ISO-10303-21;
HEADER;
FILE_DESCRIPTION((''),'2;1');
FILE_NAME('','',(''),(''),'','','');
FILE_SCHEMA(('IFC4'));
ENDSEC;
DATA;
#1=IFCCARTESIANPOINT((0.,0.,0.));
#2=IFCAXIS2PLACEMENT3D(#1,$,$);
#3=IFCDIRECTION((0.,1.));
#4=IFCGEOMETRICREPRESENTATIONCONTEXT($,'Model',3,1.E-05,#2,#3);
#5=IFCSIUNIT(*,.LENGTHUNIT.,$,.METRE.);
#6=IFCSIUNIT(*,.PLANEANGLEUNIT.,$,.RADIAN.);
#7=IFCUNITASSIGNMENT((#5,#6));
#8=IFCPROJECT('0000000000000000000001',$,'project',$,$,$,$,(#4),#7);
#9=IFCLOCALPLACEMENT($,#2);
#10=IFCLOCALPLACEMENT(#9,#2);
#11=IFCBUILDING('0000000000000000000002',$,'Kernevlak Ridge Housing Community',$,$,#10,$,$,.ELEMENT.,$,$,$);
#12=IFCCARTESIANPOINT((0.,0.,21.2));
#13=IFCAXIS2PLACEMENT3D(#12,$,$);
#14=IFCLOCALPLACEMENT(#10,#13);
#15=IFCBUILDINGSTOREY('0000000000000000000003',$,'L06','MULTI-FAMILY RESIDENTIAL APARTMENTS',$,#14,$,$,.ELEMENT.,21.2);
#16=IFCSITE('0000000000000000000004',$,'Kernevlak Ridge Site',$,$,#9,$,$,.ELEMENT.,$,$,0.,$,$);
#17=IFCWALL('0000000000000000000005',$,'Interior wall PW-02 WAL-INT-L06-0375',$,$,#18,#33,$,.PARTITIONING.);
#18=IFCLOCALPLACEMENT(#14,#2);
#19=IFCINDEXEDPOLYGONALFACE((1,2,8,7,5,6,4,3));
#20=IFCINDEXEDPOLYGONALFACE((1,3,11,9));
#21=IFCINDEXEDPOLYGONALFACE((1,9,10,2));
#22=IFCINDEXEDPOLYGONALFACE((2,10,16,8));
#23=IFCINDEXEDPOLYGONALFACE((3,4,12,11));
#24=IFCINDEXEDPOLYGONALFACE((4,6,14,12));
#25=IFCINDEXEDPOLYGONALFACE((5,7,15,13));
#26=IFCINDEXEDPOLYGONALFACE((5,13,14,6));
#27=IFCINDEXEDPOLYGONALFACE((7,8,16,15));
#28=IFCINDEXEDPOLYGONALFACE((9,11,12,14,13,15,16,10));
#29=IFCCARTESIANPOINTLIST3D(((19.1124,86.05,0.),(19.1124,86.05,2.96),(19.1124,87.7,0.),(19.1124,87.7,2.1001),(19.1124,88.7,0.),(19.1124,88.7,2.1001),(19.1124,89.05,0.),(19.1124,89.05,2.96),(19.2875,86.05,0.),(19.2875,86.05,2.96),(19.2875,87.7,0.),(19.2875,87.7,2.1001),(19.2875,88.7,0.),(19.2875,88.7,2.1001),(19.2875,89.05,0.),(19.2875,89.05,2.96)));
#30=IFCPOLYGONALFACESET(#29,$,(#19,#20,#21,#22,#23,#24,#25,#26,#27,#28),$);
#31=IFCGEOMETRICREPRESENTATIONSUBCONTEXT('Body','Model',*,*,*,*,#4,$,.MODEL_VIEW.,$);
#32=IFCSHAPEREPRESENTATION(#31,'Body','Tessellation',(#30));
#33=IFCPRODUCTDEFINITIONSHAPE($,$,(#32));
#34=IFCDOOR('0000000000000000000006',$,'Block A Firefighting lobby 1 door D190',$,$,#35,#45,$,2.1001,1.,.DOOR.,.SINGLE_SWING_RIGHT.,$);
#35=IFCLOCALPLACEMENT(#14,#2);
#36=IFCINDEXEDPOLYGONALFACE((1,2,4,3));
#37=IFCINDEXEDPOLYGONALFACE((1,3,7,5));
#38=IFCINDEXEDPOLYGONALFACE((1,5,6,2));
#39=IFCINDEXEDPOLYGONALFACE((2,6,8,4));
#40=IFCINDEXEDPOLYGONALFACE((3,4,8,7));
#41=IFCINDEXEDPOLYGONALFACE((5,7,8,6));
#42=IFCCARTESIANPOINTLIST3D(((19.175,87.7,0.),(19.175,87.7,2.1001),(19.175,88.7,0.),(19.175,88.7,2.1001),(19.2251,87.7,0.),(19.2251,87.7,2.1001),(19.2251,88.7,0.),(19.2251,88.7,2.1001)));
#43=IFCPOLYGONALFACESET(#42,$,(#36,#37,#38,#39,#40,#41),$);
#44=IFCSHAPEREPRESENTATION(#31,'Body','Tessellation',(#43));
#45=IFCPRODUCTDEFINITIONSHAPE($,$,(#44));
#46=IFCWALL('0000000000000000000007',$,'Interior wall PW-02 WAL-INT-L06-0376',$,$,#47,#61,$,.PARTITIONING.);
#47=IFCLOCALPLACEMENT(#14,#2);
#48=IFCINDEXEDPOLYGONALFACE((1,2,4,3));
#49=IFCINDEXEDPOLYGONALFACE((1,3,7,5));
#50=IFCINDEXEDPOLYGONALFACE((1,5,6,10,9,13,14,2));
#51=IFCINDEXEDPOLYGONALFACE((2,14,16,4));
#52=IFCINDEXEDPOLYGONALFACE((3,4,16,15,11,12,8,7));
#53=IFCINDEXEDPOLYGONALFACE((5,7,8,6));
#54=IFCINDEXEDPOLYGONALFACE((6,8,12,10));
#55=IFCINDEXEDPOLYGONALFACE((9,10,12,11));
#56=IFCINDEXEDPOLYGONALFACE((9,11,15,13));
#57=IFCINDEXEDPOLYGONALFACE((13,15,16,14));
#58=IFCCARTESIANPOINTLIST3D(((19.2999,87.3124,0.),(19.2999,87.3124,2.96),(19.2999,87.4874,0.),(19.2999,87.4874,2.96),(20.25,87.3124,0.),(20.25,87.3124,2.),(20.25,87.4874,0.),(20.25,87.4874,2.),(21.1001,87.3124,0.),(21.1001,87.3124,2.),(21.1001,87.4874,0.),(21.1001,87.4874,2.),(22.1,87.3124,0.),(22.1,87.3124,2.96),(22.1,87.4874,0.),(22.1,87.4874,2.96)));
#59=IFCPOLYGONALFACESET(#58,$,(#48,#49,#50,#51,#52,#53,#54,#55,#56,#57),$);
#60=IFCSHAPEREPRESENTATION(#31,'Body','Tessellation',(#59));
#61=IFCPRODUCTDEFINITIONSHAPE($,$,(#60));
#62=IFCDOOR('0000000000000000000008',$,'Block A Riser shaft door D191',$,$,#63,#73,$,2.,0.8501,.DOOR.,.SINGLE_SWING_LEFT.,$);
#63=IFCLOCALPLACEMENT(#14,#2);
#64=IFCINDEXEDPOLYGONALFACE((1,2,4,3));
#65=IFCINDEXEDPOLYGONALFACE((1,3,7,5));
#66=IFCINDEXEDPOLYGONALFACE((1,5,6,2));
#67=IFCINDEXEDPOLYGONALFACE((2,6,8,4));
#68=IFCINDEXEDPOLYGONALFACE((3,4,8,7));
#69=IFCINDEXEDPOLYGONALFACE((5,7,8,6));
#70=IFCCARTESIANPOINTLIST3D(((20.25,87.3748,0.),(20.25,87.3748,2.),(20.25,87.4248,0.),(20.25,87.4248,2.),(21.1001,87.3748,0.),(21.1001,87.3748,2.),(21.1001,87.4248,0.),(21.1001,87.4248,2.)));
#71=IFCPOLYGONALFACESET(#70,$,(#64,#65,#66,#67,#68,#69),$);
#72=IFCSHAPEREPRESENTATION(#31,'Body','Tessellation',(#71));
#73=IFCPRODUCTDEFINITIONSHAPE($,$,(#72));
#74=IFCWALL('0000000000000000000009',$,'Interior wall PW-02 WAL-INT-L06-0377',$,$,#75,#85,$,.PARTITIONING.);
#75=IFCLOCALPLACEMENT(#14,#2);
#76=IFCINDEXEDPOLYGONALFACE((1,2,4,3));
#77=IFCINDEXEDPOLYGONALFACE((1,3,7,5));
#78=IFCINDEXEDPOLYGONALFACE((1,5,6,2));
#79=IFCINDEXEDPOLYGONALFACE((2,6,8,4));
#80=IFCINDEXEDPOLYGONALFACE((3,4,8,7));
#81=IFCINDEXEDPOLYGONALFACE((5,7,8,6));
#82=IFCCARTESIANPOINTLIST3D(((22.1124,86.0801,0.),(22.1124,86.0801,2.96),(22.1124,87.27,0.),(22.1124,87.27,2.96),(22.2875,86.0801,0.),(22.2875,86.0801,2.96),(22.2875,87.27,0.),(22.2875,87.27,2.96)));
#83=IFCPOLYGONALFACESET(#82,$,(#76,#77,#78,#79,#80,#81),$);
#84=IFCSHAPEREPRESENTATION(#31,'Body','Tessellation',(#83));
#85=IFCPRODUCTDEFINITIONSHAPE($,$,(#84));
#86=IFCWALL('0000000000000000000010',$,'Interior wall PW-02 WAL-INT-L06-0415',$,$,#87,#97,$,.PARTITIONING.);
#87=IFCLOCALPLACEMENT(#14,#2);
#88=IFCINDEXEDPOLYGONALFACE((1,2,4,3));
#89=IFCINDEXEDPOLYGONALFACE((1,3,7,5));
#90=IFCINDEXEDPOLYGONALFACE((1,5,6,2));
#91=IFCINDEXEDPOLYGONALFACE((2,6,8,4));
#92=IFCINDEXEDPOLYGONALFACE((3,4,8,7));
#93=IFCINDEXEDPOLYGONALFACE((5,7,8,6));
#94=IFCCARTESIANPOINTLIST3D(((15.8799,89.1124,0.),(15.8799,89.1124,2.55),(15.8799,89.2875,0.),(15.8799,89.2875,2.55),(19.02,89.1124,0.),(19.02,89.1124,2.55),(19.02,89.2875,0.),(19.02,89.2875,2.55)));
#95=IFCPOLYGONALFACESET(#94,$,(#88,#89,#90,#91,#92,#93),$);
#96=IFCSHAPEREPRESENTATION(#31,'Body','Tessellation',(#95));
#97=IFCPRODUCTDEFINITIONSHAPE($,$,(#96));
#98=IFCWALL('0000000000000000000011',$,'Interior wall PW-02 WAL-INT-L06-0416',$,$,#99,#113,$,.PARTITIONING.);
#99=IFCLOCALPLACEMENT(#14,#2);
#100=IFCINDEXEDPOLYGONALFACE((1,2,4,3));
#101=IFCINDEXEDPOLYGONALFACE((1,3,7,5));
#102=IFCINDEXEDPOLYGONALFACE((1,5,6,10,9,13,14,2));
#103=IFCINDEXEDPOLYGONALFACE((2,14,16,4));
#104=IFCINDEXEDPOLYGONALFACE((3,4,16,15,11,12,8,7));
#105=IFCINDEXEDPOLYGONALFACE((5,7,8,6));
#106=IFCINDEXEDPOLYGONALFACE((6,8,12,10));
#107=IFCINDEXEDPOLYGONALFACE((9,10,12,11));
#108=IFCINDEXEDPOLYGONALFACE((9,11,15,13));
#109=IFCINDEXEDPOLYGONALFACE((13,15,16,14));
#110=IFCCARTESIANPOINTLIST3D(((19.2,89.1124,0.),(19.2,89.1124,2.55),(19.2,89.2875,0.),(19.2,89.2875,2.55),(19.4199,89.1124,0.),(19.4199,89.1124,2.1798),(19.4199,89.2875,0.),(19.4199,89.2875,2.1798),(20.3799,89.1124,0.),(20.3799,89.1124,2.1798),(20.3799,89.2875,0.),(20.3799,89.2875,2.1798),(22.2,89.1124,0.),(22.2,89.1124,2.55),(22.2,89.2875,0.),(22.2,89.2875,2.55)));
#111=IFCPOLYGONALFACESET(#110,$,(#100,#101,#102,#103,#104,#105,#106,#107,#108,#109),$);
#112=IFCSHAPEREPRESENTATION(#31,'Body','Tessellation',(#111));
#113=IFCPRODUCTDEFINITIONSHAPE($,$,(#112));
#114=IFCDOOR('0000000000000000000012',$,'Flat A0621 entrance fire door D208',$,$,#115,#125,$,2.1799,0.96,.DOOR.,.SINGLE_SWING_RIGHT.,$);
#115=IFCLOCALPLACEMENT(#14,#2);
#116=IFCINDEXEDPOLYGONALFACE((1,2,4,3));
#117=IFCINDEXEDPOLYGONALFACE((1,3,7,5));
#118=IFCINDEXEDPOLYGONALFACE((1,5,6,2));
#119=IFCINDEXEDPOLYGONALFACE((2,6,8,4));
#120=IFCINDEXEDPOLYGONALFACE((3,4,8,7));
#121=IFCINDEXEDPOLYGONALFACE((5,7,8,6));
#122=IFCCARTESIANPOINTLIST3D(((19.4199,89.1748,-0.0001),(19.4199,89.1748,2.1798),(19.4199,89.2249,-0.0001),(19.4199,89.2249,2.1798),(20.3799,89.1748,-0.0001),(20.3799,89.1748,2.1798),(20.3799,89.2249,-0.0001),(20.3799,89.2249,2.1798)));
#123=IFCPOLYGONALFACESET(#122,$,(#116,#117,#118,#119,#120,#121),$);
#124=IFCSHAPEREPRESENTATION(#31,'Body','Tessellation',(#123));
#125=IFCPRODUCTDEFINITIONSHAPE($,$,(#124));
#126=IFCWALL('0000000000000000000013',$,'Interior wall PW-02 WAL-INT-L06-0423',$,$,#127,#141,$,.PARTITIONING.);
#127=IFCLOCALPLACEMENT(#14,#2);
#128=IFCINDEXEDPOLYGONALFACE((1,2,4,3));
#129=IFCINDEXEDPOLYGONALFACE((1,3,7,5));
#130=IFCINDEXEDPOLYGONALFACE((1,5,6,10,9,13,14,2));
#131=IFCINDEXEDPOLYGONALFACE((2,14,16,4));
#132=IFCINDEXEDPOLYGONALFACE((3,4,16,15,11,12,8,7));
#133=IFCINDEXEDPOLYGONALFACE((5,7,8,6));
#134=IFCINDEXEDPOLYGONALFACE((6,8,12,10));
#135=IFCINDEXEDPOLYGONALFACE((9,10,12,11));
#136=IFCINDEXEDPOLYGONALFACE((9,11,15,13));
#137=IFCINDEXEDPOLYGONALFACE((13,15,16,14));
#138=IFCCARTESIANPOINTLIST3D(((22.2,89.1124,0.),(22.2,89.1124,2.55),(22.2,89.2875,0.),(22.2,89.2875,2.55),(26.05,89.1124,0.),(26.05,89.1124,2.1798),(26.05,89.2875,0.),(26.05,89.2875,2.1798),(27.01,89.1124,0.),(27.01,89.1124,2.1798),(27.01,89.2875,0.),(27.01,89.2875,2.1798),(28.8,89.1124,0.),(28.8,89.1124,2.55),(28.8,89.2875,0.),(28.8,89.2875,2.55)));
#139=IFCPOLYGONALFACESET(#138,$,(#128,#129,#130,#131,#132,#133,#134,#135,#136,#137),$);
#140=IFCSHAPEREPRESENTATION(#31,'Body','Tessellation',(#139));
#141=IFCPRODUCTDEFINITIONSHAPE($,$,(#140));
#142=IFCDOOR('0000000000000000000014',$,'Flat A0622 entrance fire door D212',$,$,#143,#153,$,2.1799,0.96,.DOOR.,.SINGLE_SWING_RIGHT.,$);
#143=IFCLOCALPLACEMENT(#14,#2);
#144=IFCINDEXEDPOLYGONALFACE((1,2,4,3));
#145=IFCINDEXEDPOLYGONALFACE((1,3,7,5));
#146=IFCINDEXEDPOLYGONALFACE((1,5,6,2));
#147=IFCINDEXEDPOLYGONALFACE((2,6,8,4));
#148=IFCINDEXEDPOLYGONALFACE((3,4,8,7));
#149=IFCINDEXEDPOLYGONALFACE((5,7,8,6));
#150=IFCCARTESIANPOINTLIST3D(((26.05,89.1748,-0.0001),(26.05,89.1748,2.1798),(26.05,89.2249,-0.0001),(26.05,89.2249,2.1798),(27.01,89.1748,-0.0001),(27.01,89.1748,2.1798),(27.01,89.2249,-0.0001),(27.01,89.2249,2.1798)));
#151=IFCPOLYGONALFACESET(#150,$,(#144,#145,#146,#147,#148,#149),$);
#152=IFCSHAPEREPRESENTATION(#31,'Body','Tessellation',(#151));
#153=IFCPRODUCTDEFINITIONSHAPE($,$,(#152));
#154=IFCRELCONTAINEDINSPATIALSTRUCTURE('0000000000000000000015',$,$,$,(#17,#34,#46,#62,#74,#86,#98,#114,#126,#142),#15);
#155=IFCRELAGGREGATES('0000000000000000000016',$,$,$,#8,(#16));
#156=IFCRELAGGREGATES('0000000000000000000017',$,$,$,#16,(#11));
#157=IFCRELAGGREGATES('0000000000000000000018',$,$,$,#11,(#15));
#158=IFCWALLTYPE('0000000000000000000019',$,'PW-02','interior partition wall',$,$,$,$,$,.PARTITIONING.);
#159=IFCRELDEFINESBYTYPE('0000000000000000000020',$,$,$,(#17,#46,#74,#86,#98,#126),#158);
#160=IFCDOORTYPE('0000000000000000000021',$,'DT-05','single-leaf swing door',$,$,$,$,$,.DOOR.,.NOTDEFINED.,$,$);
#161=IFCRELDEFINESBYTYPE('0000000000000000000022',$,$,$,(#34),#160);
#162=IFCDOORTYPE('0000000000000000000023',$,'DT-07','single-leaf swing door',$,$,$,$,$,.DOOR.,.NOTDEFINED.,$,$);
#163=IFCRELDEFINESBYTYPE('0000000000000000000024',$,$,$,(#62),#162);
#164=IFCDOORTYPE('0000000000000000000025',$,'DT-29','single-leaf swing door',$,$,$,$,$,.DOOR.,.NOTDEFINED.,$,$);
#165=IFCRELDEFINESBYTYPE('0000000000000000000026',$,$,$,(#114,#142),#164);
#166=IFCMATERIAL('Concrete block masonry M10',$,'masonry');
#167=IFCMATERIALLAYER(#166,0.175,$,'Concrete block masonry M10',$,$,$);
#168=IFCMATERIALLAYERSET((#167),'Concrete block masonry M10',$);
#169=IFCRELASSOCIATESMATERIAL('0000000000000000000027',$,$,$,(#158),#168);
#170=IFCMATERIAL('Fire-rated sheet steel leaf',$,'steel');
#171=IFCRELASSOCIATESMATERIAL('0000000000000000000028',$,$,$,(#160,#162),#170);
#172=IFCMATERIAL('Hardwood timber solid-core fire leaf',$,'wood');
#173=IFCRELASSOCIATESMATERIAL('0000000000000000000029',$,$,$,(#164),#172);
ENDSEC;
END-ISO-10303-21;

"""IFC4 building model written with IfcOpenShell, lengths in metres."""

from ifc_helpers import new_model, si_unit, direction, frame, frame_2d, origin, place, context, subcontext, project, spatial, rectangle, extrude, material, layer, layer_set, type_object, element, fill, save


model = new_model("IFC4")

# Units and contexts
model_context = context("Model", 3, precision=1e-05, world=origin(), true_north=direction((0.0, 1.0)))
body_context = subcontext(model_context, "Body", "Model", "MODEL_VIEW")
ifc_project = project(units=[si_unit("LENGTHUNIT", "METRE"), si_unit("PLANEANGLEUNIT", "RADIAN")], contexts=[model_context])

# Site, building, storey
site_placement = place(None, origin())
site = spatial("IfcSite", under=ifc_project, at=site_placement, Name="Kernevlak Ridge Site", CompositionType="ELEMENT", RefElevation=0.0)
building_placement = place(site_placement, origin())
building = spatial("IfcBuilding", under=site, at=building_placement, Name="Kernevlak Ridge Housing Community", CompositionType="ELEMENT")
storey_placement = place(building_placement, frame((0.0, 0.0, 21.2)))
storey = spatial("IfcBuildingStorey", under=building, at=storey_placement, Name="L06", Description="MULTI-FAMILY RESIDENTIAL APARTMENTS", CompositionType="ELEMENT", Elevation=21.2)

# Shared definitions
ifc_material_1 = material(Name="Fire-rated sheet steel leaf", Category="steel")

# Walls, openings, doors
ifc_material_2 = material(Name="Concrete block masonry M10", Category="masonry")
ifc_layer_1 = layer(ifc_material_2, 0.175, Name="Concrete block masonry M10")
ifc_layer_set_1 = layer_set([ifc_layer_1], Name="Concrete block masonry M10")
wall_type_1 = type_object("IfcWallType", Name="PW-02", Description="interior partition wall", PredefinedType="PARTITIONING", material=ifc_layer_set_1)
wall_1_placement = place(storey_placement, frame((19.2, 86.05, 0.0), z_axis=(0.0, 0.0, 1.0), x_axis=(0.0, 1.0, 0.0)))
wall_1 = element("IfcWall", 1, at=wall_1_placement, inside=storey, type_object=wall_type_1, Name="Interior wall PW-02 WAL-INT-L06-0375", PredefinedType="PARTITIONING", context=body_context, shape_type="SweptSolid", body=[
    extrude(rectangle(XDim=3.0, YDim=0.175, at=frame_2d((1.5, 0.0))), origin(), (0.0, 0.0, 1.0), 2.96),
])
opening_1_placement = place(wall_1_placement, frame((1.6499, 0.0, 0.0)))
opening_1 = element("IfcOpeningElement", 2, at=opening_1_placement, cuts=wall_1, PredefinedType="OPENING", context=body_context, shape_type="SweptSolid", body=[
    extrude(rectangle(XDim=1.0, YDim=2.1001, at=frame_2d((0.5, 1.05))), frame((0.0, 0.0974, 0.0), z_axis=(0.0, -1.0, 0.0), x_axis=(1.0, 0.0, 0.0)), (0.0, 0.0, 1.0), 0.1951),
])
door_type_1 = type_object("IfcDoorType", Name="DT-05", Description="single-leaf swing door", OperationType="NOTDEFINED", PredefinedType="DOOR", material=ifc_material_1)
door_1_placement = place(opening_1_placement, origin())
door_1 = element("IfcDoor", 3, at=door_1_placement, inside=storey, type_object=door_type_1, Name="Block A Firefighting lobby 1 door D190", OperationType="SINGLE_SWING_RIGHT", OverallHeight=2.1001, OverallWidth=1.0, PredefinedType="DOOR", context=body_context, shape_type="SweptSolid", body=[
    extrude(rectangle(XDim=1.0, YDim=2.1001, at=frame_2d((0.5, 1.05))), frame((0.0, 0.0249, 0.0), z_axis=(0.0, -1.0, 0.0), x_axis=(1.0, 0.0, 0.0)), (0.0, 0.0, 1.0), 0.05),
])
fill(opening_1, door_1)
wall_2_placement = place(storey_placement, frame((19.3, 87.3999, 0.0), z_axis=(0.0, 0.0, 1.0), x_axis=(1.0, 0.0, 0.0)))
wall_2 = element("IfcWall", 4, at=wall_2_placement, inside=storey, type_object=wall_type_1, Name="Interior wall PW-02 WAL-INT-L06-0376", PredefinedType="PARTITIONING", context=body_context, shape_type="SweptSolid", body=[
    extrude(rectangle(XDim=2.8, YDim=0.175, at=frame_2d((1.3999, 0.0))), origin(), (0.0, 0.0, 1.0), 2.96),
])
opening_2_placement = place(wall_2_placement, frame((0.95, 0.0, 0.0)))
opening_2 = element("IfcOpeningElement", 5, at=opening_2_placement, cuts=wall_2, PredefinedType="OPENING", context=body_context, shape_type="SweptSolid", body=[
    extrude(rectangle(XDim=0.8501, YDim=2.0, at=frame_2d((0.425, 1.0))), frame((0.0, 0.0974, 0.0), z_axis=(0.0, -1.0, 0.0), x_axis=(1.0, 0.0, 0.0)), (0.0, 0.0, 1.0), 0.1951),
])
door_type_2 = type_object("IfcDoorType", Name="DT-07", Description="single-leaf swing door", OperationType="NOTDEFINED", PredefinedType="DOOR", material=ifc_material_1)
door_2_placement = place(opening_2_placement, origin())
door_2 = element("IfcDoor", 6, at=door_2_placement, inside=storey, type_object=door_type_2, Name="Block A Riser shaft door D191", OperationType="SINGLE_SWING_LEFT", OverallHeight=2.0, OverallWidth=0.8501, PredefinedType="DOOR", context=body_context, shape_type="SweptSolid", body=[
    extrude(rectangle(XDim=0.8501, YDim=2.0, at=frame_2d((0.425, 1.0))), frame((0.0, 0.0249, 0.0), z_axis=(0.0, -1.0, 0.0), x_axis=(1.0, 0.0, 0.0)), (0.0, 0.0, 1.0), 0.05),
])
fill(opening_2, door_2)

# Walls
wall_3_placement = place(storey_placement, frame((22.2, 86.0801, 0.0), z_axis=(0.0, 0.0, 1.0), x_axis=(0.0, 1.0, 0.0)))
element("IfcWall", 7, at=wall_3_placement, inside=storey, type_object=wall_type_1, Name="Interior wall PW-02 WAL-INT-L06-0377", PredefinedType="PARTITIONING", context=body_context, shape_type="SweptSolid", body=[
    extrude(rectangle(XDim=1.1899, YDim=0.175, at=frame_2d((0.595, 0.0))), origin(), (0.0, 0.0, 1.0), 2.96),
])
wall_4_placement = place(storey_placement, frame((15.8799, 89.2, 0.0), z_axis=(0.0, 0.0, 1.0), x_axis=(1.0, 0.0, 0.0)))
element("IfcWall", 8, at=wall_4_placement, inside=storey, type_object=wall_type_1, Name="Interior wall PW-02 WAL-INT-L06-0415", PredefinedType="PARTITIONING", context=body_context, shape_type="SweptSolid", body=[
    extrude(rectangle(XDim=3.1401, YDim=0.175, at=frame_2d((1.5701, 0.0))), origin(), (0.0, 0.0, 1.0), 2.55),
])

# Walls, openings, doors
wall_5_placement = place(storey_placement, frame((19.2, 89.2, 0.0), z_axis=(0.0, 0.0, 1.0), x_axis=(1.0, 0.0, 0.0)))
wall_5 = element("IfcWall", 9, at=wall_5_placement, inside=storey, type_object=wall_type_1, Name="Interior wall PW-02 WAL-INT-L06-0416", PredefinedType="PARTITIONING", context=body_context, shape_type="SweptSolid", body=[
    extrude(rectangle(XDim=3.0, YDim=0.175, at=frame_2d((1.5, 0.0))), origin(), (0.0, 0.0, 1.0), 2.55),
])
opening_3_placement = place(wall_5_placement, frame((0.22, 0.0, 0.0)))
opening_3 = element("IfcOpeningElement", 10, at=opening_3_placement, cuts=wall_5, PredefinedType="OPENING", context=body_context, shape_type="SweptSolid", body=[
    extrude(rectangle(XDim=0.96, YDim=2.1799, at=frame_2d((0.48, 1.0898))), frame((0.0, 0.0974, 0.0), z_axis=(0.0, -1.0, 0.0), x_axis=(1.0, 0.0, 0.0)), (0.0, 0.0, 1.0), 0.1951),
])
ifc_material_3 = material(Name="Hardwood timber solid-core fire leaf", Category="wood")
door_type_3 = type_object("IfcDoorType", Name="DT-29", Description="single-leaf swing door", OperationType="NOTDEFINED", PredefinedType="DOOR", material=ifc_material_3)
door_3_placement = place(opening_3_placement, origin())
door_3 = element("IfcDoor", 11, at=door_3_placement, inside=storey, type_object=door_type_3, Name="Flat A0621 entrance fire door D208", OperationType="SINGLE_SWING_RIGHT", OverallHeight=2.1799, OverallWidth=0.96, PredefinedType="DOOR", context=body_context, shape_type="SweptSolid", body=[
    extrude(rectangle(XDim=0.96, YDim=2.1799, at=frame_2d((0.48, 1.0898))), frame((0.0, 0.0249, 0.0), z_axis=(0.0, -1.0, 0.0), x_axis=(1.0, 0.0, 0.0)), (0.0, 0.0, 1.0), 0.05),
])
fill(opening_3, door_3)
wall_6_placement = place(storey_placement, frame((22.2, 89.2, 0.0), z_axis=(0.0, 0.0, 1.0), x_axis=(1.0, 0.0, 0.0)))
wall_6 = element("IfcWall", 12, at=wall_6_placement, inside=storey, type_object=wall_type_1, Name="Interior wall PW-02 WAL-INT-L06-0423", PredefinedType="PARTITIONING", context=body_context, shape_type="SweptSolid", body=[
    extrude(rectangle(XDim=6.6001, YDim=0.175, at=frame_2d((3.3, 0.0))), origin(), (0.0, 0.0, 1.0), 2.55),
])
opening_4_placement = place(wall_6_placement, frame((3.8501, 0.0, 0.0)))
opening_4 = element("IfcOpeningElement", 13, at=opening_4_placement, cuts=wall_6, PredefinedType="OPENING", context=body_context, shape_type="SweptSolid", body=[
    extrude(rectangle(XDim=0.96, YDim=2.1799, at=frame_2d((0.48, 1.0898))), frame((0.0, 0.0974, 0.0), z_axis=(0.0, -1.0, 0.0), x_axis=(1.0, 0.0, 0.0)), (0.0, 0.0, 1.0), 0.1951),
])
door_4_placement = place(opening_4_placement, origin())
door_4 = element("IfcDoor", 14, at=door_4_placement, inside=storey, type_object=door_type_3, Name="Flat A0622 entrance fire door D212", OperationType="SINGLE_SWING_RIGHT", OverallHeight=2.1799, OverallWidth=0.96, PredefinedType="DOOR", context=body_context, shape_type="SweptSolid", body=[
    extrude(rectangle(XDim=0.96, YDim=2.1799, at=frame_2d((0.48, 1.0898))), frame((0.0, 0.0249, 0.0), z_axis=(0.0, -1.0, 0.0), x_axis=(1.0, 0.0, 0.0)), (0.0, 0.0, 1.0), 0.05),
])
fill(opening_4, door_4)

save(model, "model.ifc")
